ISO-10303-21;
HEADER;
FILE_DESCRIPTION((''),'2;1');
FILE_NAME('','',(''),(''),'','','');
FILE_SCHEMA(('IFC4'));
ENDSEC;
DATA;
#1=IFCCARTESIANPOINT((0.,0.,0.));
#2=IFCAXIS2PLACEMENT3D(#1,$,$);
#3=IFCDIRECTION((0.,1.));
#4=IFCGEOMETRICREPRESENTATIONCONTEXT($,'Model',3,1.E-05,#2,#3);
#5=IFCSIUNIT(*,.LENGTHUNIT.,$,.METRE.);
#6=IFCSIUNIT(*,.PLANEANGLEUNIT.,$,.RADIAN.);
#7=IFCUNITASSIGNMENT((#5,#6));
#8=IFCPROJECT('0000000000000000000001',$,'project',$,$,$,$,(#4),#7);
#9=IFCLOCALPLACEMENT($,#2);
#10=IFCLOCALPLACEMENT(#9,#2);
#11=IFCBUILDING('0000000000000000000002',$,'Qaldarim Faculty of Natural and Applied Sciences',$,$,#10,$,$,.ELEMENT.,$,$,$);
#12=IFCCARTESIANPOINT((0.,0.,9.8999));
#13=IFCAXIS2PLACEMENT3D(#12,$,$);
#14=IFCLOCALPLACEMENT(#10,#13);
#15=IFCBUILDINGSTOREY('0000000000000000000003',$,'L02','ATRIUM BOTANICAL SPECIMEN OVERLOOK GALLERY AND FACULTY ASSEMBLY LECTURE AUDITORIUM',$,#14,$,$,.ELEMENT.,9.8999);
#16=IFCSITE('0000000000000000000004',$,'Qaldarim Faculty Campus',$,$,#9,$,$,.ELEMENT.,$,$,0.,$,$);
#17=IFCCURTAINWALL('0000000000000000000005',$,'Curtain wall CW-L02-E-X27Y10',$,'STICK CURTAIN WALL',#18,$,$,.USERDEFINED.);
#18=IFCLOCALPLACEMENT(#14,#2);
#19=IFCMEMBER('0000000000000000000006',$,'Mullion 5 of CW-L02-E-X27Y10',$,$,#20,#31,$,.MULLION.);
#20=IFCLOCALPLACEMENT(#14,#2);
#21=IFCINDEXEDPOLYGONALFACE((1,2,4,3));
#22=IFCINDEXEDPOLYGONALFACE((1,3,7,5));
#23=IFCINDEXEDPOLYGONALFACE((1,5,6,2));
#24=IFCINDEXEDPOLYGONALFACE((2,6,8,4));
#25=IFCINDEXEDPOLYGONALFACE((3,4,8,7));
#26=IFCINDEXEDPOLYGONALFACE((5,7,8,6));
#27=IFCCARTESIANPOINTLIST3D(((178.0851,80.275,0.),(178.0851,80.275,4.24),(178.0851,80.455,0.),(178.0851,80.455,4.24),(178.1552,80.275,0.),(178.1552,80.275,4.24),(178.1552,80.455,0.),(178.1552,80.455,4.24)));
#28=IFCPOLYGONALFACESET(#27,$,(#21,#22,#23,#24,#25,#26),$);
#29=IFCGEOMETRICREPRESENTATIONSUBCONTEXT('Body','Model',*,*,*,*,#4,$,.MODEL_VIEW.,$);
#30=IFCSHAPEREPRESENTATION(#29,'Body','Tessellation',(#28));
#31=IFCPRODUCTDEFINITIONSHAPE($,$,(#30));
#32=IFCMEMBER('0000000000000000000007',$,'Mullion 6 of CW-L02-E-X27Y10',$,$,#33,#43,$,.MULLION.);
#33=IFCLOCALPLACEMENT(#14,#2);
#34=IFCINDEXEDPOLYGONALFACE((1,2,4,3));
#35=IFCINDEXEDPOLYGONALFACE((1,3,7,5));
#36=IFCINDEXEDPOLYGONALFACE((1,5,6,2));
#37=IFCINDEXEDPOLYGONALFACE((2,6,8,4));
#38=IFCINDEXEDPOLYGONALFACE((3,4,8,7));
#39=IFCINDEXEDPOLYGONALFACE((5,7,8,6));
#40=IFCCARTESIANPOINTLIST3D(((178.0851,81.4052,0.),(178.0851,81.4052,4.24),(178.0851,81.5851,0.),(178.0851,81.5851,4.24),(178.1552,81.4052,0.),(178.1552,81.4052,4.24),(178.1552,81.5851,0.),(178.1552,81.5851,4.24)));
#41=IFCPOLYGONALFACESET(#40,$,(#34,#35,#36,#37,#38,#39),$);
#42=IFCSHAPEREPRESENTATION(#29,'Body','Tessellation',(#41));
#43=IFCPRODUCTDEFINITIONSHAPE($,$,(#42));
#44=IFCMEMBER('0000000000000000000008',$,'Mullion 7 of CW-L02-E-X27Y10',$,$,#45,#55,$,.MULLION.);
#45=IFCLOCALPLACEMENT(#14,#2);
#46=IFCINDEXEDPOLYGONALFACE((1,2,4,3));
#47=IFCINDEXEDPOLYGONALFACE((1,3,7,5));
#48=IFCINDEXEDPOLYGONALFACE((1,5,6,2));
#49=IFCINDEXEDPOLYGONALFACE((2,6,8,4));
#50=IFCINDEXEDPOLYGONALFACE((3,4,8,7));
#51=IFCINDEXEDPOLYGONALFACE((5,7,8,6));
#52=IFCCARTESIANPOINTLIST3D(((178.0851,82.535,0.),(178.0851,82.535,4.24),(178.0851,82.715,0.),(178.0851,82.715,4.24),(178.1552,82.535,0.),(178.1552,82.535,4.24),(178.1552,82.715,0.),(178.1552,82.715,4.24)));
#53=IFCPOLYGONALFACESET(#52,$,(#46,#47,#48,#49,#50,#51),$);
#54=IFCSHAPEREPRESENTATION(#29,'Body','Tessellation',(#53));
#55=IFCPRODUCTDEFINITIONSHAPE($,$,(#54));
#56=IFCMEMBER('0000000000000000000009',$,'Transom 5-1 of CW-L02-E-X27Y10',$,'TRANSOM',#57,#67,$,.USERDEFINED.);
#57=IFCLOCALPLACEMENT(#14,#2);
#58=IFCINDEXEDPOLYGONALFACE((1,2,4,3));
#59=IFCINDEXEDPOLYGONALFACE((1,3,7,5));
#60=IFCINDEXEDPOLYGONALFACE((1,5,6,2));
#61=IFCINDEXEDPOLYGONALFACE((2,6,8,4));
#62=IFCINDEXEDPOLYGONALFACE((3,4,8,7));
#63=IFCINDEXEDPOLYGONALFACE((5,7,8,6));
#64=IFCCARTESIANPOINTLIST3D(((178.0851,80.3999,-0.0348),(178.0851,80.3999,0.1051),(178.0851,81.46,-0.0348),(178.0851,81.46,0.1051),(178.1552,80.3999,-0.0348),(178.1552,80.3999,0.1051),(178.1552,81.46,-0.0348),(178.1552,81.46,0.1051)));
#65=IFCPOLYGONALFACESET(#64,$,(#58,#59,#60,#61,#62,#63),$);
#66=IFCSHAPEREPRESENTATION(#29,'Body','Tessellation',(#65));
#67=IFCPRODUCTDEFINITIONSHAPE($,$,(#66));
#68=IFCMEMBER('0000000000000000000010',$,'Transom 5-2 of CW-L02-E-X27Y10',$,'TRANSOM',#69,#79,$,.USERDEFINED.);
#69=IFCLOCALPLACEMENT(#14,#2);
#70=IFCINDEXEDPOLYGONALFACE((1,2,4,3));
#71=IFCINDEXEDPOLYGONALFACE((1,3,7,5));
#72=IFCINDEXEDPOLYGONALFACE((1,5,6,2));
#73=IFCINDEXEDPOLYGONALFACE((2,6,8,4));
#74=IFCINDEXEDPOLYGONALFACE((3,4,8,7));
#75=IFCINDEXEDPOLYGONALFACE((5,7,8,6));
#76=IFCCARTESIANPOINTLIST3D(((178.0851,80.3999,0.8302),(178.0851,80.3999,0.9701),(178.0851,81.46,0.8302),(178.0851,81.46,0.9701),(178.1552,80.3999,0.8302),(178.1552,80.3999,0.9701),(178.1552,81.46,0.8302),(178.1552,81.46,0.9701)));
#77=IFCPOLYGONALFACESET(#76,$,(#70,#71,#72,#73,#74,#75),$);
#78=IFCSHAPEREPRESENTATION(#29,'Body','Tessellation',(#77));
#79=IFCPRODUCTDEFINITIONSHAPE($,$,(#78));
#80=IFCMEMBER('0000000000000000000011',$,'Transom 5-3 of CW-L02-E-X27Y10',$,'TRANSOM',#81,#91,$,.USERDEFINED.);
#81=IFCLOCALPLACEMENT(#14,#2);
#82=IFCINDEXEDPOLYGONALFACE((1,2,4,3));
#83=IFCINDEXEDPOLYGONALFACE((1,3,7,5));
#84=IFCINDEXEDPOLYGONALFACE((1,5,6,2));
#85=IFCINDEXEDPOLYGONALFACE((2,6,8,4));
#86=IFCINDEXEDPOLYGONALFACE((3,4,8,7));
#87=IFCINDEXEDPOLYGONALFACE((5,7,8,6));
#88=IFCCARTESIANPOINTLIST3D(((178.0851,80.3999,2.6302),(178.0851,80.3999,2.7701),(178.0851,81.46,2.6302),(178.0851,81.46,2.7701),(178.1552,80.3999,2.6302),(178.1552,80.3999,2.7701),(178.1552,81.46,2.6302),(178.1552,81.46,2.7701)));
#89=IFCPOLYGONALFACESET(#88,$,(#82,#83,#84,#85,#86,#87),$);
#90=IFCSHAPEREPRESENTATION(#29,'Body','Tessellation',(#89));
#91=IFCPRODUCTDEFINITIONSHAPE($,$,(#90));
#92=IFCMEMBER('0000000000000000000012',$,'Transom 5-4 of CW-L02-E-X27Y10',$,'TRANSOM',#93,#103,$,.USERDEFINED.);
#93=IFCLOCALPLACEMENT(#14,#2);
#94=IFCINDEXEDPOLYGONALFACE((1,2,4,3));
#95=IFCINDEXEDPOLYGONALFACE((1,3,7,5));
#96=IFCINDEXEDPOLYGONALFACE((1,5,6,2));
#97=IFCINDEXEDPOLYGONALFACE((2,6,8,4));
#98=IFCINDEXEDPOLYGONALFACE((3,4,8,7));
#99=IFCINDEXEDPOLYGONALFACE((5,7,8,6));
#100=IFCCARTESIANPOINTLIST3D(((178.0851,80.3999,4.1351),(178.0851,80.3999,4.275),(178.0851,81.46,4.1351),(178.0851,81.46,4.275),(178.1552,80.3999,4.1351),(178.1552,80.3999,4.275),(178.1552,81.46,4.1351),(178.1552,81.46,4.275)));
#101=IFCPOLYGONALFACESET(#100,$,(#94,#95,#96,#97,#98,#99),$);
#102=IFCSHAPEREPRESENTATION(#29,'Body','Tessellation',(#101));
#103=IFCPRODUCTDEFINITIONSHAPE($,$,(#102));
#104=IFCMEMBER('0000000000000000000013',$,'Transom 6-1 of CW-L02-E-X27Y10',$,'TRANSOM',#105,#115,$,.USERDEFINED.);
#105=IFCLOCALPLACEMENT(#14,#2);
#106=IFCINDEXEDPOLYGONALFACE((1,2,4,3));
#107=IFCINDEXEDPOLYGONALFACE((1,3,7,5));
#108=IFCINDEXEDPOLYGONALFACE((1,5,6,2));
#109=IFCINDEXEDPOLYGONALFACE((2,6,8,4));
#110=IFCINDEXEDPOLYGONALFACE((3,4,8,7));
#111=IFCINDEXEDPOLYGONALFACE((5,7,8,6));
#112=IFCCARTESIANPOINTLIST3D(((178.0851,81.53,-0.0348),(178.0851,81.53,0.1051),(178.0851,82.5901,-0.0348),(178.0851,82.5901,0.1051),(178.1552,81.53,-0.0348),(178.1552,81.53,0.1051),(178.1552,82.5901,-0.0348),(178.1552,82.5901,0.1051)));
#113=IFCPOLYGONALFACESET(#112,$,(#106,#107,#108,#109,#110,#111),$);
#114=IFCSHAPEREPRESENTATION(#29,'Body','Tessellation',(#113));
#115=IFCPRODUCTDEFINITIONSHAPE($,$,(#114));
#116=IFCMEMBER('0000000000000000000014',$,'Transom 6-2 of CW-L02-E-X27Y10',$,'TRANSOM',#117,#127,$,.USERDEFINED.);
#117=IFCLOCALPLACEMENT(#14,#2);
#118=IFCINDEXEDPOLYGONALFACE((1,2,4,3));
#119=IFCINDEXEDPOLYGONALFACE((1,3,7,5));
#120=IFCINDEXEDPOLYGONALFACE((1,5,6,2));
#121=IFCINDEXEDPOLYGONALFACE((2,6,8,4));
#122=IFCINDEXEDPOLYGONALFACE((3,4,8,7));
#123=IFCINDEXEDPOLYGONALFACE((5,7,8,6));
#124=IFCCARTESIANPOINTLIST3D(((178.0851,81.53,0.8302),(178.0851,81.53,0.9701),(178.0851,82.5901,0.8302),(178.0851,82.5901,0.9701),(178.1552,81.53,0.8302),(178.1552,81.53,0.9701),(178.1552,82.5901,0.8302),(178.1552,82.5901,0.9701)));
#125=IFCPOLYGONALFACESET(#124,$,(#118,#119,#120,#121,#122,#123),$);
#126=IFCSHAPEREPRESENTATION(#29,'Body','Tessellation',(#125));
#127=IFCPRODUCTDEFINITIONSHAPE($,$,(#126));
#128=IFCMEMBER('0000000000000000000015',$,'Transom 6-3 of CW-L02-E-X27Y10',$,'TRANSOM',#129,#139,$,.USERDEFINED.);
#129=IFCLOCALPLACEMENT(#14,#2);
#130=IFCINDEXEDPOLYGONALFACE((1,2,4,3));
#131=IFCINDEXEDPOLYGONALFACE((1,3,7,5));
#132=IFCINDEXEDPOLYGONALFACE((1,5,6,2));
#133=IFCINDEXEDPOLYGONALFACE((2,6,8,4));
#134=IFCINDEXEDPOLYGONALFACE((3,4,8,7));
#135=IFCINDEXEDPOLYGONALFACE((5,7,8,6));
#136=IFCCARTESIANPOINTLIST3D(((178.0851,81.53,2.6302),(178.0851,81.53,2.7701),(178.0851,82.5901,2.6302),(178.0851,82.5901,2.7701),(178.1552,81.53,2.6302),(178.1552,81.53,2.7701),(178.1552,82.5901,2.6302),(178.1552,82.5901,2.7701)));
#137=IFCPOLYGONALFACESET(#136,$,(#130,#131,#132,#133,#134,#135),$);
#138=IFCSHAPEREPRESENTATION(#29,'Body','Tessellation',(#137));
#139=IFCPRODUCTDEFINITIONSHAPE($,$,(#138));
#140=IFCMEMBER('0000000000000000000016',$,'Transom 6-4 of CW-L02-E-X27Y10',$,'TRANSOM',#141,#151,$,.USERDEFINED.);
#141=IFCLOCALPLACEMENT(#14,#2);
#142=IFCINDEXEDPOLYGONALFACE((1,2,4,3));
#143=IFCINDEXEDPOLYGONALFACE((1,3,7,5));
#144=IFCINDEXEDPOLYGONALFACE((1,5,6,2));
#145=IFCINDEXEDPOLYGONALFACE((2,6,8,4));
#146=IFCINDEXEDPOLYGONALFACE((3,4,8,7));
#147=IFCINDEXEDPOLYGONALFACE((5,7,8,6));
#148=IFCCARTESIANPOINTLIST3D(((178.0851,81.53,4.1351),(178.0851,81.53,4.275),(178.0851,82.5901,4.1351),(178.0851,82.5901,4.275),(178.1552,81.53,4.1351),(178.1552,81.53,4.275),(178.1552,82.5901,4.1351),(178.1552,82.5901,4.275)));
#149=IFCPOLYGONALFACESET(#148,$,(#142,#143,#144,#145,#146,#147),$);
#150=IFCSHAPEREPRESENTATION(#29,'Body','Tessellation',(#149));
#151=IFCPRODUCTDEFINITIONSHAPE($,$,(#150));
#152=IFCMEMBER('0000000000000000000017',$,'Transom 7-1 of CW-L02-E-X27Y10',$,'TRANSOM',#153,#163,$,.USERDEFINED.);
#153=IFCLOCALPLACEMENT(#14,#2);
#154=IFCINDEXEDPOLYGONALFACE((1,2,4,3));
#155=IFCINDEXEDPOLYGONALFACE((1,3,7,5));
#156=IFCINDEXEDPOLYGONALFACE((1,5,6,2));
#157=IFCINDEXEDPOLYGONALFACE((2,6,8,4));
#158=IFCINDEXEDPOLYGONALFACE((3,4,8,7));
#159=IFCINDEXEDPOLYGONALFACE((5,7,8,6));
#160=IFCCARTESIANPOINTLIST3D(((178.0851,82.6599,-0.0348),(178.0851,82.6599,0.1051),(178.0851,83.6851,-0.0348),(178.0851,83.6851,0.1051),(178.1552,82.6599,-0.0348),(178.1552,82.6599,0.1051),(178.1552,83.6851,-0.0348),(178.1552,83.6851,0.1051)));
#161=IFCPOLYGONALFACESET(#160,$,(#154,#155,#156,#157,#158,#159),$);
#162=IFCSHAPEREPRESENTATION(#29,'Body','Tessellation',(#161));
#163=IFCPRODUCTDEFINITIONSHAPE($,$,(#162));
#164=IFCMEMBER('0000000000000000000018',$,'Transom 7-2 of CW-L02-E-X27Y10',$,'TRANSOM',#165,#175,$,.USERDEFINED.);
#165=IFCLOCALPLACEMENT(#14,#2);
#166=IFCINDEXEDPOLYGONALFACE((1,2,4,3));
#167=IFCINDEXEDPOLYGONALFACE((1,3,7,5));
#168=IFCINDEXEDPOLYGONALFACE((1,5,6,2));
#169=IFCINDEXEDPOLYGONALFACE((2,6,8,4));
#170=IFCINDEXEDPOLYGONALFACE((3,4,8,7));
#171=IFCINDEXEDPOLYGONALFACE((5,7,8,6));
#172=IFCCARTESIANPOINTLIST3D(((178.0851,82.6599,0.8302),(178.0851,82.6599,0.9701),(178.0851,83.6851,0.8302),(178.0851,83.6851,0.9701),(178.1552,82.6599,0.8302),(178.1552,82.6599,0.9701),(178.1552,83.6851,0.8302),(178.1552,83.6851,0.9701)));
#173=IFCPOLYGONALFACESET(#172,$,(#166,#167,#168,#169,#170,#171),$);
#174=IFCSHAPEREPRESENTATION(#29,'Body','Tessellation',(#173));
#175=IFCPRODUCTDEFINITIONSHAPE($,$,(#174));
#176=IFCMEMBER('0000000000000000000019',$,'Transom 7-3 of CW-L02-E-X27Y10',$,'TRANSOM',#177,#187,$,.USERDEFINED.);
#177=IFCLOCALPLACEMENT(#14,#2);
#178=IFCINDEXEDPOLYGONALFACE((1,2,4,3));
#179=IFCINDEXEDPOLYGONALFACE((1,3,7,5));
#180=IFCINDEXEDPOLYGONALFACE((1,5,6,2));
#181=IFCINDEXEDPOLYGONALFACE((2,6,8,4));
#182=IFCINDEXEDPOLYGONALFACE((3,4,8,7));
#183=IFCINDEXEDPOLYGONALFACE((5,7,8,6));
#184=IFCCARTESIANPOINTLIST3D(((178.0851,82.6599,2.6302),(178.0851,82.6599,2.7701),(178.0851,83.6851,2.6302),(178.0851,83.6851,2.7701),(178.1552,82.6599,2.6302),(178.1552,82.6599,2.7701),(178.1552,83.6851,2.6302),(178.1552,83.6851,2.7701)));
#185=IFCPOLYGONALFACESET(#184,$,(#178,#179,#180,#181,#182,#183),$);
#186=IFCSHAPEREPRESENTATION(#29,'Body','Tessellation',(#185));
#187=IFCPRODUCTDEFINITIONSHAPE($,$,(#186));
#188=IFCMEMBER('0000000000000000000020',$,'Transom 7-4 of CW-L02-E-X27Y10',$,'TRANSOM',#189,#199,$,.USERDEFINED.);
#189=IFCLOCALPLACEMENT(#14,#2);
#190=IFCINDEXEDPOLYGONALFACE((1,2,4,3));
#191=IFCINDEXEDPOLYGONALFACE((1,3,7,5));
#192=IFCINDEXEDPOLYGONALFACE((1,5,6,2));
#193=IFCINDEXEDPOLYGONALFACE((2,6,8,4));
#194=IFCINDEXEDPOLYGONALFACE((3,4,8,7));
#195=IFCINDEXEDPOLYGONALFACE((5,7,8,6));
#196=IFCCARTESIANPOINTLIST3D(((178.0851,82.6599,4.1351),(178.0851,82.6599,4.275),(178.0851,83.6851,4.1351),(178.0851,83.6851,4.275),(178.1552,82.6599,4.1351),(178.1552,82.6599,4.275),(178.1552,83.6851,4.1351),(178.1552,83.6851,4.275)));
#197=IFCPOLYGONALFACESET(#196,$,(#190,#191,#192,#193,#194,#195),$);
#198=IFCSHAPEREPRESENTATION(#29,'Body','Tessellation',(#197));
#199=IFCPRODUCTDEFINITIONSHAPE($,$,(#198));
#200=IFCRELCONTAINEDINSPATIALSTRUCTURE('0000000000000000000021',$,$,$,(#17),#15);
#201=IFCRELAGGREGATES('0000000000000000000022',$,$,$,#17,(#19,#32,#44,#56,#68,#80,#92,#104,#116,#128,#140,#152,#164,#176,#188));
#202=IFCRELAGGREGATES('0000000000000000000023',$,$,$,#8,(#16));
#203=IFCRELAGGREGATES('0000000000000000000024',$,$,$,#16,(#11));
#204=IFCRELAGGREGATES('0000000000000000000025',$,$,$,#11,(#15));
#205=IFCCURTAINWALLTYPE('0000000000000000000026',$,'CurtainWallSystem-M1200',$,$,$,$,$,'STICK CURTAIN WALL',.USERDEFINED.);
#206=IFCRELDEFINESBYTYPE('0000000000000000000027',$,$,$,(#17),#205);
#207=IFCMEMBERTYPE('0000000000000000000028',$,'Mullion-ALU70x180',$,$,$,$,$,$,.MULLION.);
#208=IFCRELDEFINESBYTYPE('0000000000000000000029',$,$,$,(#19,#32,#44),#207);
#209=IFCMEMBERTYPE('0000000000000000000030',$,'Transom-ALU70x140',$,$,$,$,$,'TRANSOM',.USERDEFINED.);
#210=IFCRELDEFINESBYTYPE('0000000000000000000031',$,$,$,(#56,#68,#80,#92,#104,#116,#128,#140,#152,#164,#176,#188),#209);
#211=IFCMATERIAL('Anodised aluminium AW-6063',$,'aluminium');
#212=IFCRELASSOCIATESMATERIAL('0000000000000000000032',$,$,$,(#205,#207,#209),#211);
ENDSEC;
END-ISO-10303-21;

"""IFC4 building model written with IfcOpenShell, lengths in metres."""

from ifc_helpers import new_model, si_unit, direction, frame, origin, origin_2d, place, context, subcontext, project, spatial, rectangle, extrude, material, material_profile, profile_set, type_object, element, aggregate, save


model = new_model("IFC4")

# Units and contexts
model_context = context("Model", 3, precision=1e-05, world=origin(), true_north=direction((0.0, 1.0)))
body_context = subcontext(model_context, "Body", "Model", "MODEL_VIEW")
ifc_project = project(units=[si_unit("LENGTHUNIT", "METRE"), si_unit("PLANEANGLEUNIT", "RADIAN")], contexts=[model_context])

# Site, building, storey
site_placement = place(None, origin())
site = spatial("IfcSite", under=ifc_project, at=site_placement, Name="Qaldarim Faculty Campus", CompositionType="ELEMENT", RefElevation=0.0)
building_placement = place(site_placement, origin())
building = spatial("IfcBuilding", under=site, at=building_placement, Name="Qaldarim Faculty of Natural and Applied Sciences", CompositionType="ELEMENT")
storey_placement = place(building_placement, frame((0.0, 0.0, 9.8999)))
storey = spatial("IfcBuildingStorey", under=building, at=storey_placement, Name="L02", Description="ATRIUM BOTANICAL SPECIMEN OVERLOOK GALLERY AND FACULTY ASSEMBLY LECTURE AUDITORIUM", CompositionType="ELEMENT", Elevation=9.8999)

# Curtain wall, members
ifc_material_1 = material(Name="Anodised aluminium AW-6063", Category="aluminium")
curtain_wall_type = type_object("IfcCurtainWallType", Name="CurtainWallSystem-M1200", ElementType="STICK CURTAIN WALL", PredefinedType="USERDEFINED", material=ifc_material_1)
curtain_wall_placement = place(storey_placement, origin())
curtain_wall = element("IfcCurtainWall", 1, at=curtain_wall_placement, inside=storey, type_object=curtain_wall_type, Name="Curtain wall CW-L02-E-X27Y10", ObjectType="STICK CURTAIN WALL", PredefinedType="USERDEFINED")
ifc_material_profile_1 = material_profile(ifc_material_1, rectangle(XDim=0.0701, YDim=0.1799, at=origin_2d()), Name="ALU-M70x180")
ifc_profile_set_1 = profile_set([ifc_material_profile_1], Name="Anodised aluminium AW-6063")
member_type_1 = type_object("IfcMemberType", Name="Mullion-ALU70x180", PredefinedType="MULLION", material=ifc_profile_set_1)
member_1_placement = place(storey_placement, frame((178.1201, 80.365, 0.0), z_axis=(0.0, 0.0, 1.0), x_axis=(-1.0, 0.0, 0.0)))
member_1 = element("IfcMember", 2, at=member_1_placement, type_object=member_type_1, Name="Mullion 5 of CW-L02-E-X27Y10", PredefinedType="MULLION", context=body_context, shape_type="SweptSolid", body=[
    extrude(rectangle(XDim=0.0701, YDim=0.1799, at=origin_2d()), origin(), (0.0, 0.0, 1.0), 4.24),
])
member_2_placement = place(storey_placement, frame((178.1201, 81.4951, 0.0), z_axis=(0.0, 0.0, 1.0), x_axis=(-1.0, 0.0, 0.0)))
member_2 = element("IfcMember", 3, at=member_2_placement, type_object=member_type_1, Name="Mullion 6 of CW-L02-E-X27Y10", PredefinedType="MULLION", context=body_context, shape_type="SweptSolid", body=[
    extrude(rectangle(XDim=0.0701, YDim=0.1799, at=origin_2d()), origin(), (0.0, 0.0, 1.0), 4.24),
])
member_3_placement = place(storey_placement, frame((178.1201, 82.625, 0.0), z_axis=(0.0, 0.0, 1.0), x_axis=(-1.0, 0.0, 0.0)))
member_3 = element("IfcMember", 4, at=member_3_placement, type_object=member_type_1, Name="Mullion 7 of CW-L02-E-X27Y10", PredefinedType="MULLION", context=body_context, shape_type="SweptSolid", body=[
    extrude(rectangle(XDim=0.0701, YDim=0.1799, at=origin_2d()), origin(), (0.0, 0.0, 1.0), 4.24),
])
ifc_material_profile_2 = material_profile(ifc_material_1, rectangle(XDim=0.0701, YDim=0.1399, at=origin_2d()), Name="ALU-T70x140")
ifc_profile_set_2 = profile_set([ifc_material_profile_2], Name="Anodised aluminium AW-6063")
member_type_2 = type_object("IfcMemberType", Name="Transom-ALU70x140", ElementType="TRANSOM", PredefinedType="USERDEFINED", material=ifc_profile_set_2)
member_4_placement = place(storey_placement, frame((178.1201, 80.3999, 0.0352), z_axis=(0.0, 1.0, 0.0), x_axis=(-1.0, 0.0, 0.0)))
member_4 = element("IfcMember", 5, at=member_4_placement, type_object=member_type_2, Name="Transom 5-1 of CW-L02-E-X27Y10", ObjectType="TRANSOM", PredefinedType="USERDEFINED", context=body_context, shape_type="SweptSolid", body=[
    extrude(rectangle(XDim=0.0701, YDim=0.1399, at=origin_2d()), origin(), (0.0, 0.0, 1.0), 1.0601),
])
member_5_placement = place(storey_placement, frame((178.1201, 80.3999, 0.9001), z_axis=(0.0, 1.0, 0.0), x_axis=(-1.0, 0.0, 0.0)))
member_5 = element("IfcMember", 6, at=member_5_placement, type_object=member_type_2, Name="Transom 5-2 of CW-L02-E-X27Y10", ObjectType="TRANSOM", PredefinedType="USERDEFINED", context=body_context, shape_type="SweptSolid", body=[
    extrude(rectangle(XDim=0.0701, YDim=0.1399, at=origin_2d()), origin(), (0.0, 0.0, 1.0), 1.0601),
])
member_6_placement = place(storey_placement, frame((178.1201, 80.3999, 2.7002), z_axis=(0.0, 1.0, 0.0), x_axis=(-1.0, 0.0, 0.0)))
member_6 = element("IfcMember", 7, at=member_6_placement, type_object=member_type_2, Name="Transom 5-3 of CW-L02-E-X27Y10", ObjectType="TRANSOM", PredefinedType="USERDEFINED", context=body_context, shape_type="SweptSolid", body=[
    extrude(rectangle(XDim=0.0701, YDim=0.1399, at=origin_2d()), origin(), (0.0, 0.0, 1.0), 1.0601),
])
member_7_placement = place(storey_placement, frame((178.1201, 80.3999, 4.2051), z_axis=(0.0, 1.0, 0.0), x_axis=(-1.0, 0.0, 0.0)))
member_7 = element("IfcMember", 8, at=member_7_placement, type_object=member_type_2, Name="Transom 5-4 of CW-L02-E-X27Y10", ObjectType="TRANSOM", PredefinedType="USERDEFINED", context=body_context, shape_type="SweptSolid", body=[
    extrude(rectangle(XDim=0.0701, YDim=0.1399, at=origin_2d()), origin(), (0.0, 0.0, 1.0), 1.0601),
])
member_8_placement = place(storey_placement, frame((178.1201, 81.53, 0.0352), z_axis=(0.0, 1.0, 0.0), x_axis=(-1.0, 0.0, 0.0)))
member_8 = element("IfcMember", 9, at=member_8_placement, type_object=member_type_2, Name="Transom 6-1 of CW-L02-E-X27Y10", ObjectType="TRANSOM", PredefinedType="USERDEFINED", context=body_context, shape_type="SweptSolid", body=[
    extrude(rectangle(XDim=0.0701, YDim=0.1399, at=origin_2d()), origin(), (0.0, 0.0, 1.0), 1.0601),
])
member_9_placement = place(storey_placement, frame((178.1201, 81.53, 0.9001), z_axis=(0.0, 1.0, 0.0), x_axis=(-1.0, 0.0, 0.0)))
member_9 = element("IfcMember", 10, at=member_9_placement, type_object=member_type_2, Name="Transom 6-2 of CW-L02-E-X27Y10", ObjectType="TRANSOM", PredefinedType="USERDEFINED", context=body_context, shape_type="SweptSolid", body=[
    extrude(rectangle(XDim=0.0701, YDim=0.1399, at=origin_2d()), origin(), (0.0, 0.0, 1.0), 1.0601),
])
member_10_placement = place(storey_placement, frame((178.1201, 81.53, 2.7002), z_axis=(0.0, 1.0, 0.0), x_axis=(-1.0, 0.0, 0.0)))
member_10 = element("IfcMember", 11, at=member_10_placement, type_object=member_type_2, Name="Transom 6-3 of CW-L02-E-X27Y10", ObjectType="TRANSOM", PredefinedType="USERDEFINED", context=body_context, shape_type="SweptSolid", body=[
    extrude(rectangle(XDim=0.0701, YDim=0.1399, at=origin_2d()), origin(), (0.0, 0.0, 1.0), 1.0601),
])
member_11_placement = place(storey_placement, frame((178.1201, 81.53, 4.2051), z_axis=(0.0, 1.0, 0.0), x_axis=(-1.0, 0.0, 0.0)))
member_11 = element("IfcMember", 12, at=member_11_placement, type_object=member_type_2, Name="Transom 6-4 of CW-L02-E-X27Y10", ObjectType="TRANSOM", PredefinedType="USERDEFINED", context=body_context, shape_type="SweptSolid", body=[
    extrude(rectangle(XDim=0.0701, YDim=0.1399, at=origin_2d()), origin(), (0.0, 0.0, 1.0), 1.0601),
])
member_12_placement = place(storey_placement, frame((178.1201, 82.6599, 0.0352), z_axis=(0.0, 1.0, 0.0), x_axis=(-1.0, 0.0, 0.0)))
member_12 = element("IfcMember", 13, at=member_12_placement, type_object=member_type_2, Name="Transom 7-1 of CW-L02-E-X27Y10", ObjectType="TRANSOM", PredefinedType="USERDEFINED", context=body_context, shape_type="SweptSolid", body=[
    extrude(rectangle(XDim=0.0701, YDim=0.1399, at=origin_2d()), origin(), (0.0, 0.0, 1.0), 1.0251),
])
member_13_placement = place(storey_placement, frame((178.1201, 82.6599, 0.9001), z_axis=(0.0, 1.0, 0.0), x_axis=(-1.0, 0.0, 0.0)))
member_13 = element("IfcMember", 14, at=member_13_placement, type_object=member_type_2, Name="Transom 7-2 of CW-L02-E-X27Y10", ObjectType="TRANSOM", PredefinedType="USERDEFINED", context=body_context, shape_type="SweptSolid", body=[
    extrude(rectangle(XDim=0.0701, YDim=0.1399, at=origin_2d()), origin(), (0.0, 0.0, 1.0), 1.0251),
])
member_14_placement = place(storey_placement, frame((178.1201, 82.6599, 2.7002), z_axis=(0.0, 1.0, 0.0), x_axis=(-1.0, 0.0, 0.0)))
member_14 = element("IfcMember", 15, at=member_14_placement, type_object=member_type_2, Name="Transom 7-3 of CW-L02-E-X27Y10", ObjectType="TRANSOM", PredefinedType="USERDEFINED", context=body_context, shape_type="SweptSolid", body=[
    extrude(rectangle(XDim=0.0701, YDim=0.1399, at=origin_2d()), origin(), (0.0, 0.0, 1.0), 1.0251),
])
member_15_placement = place(storey_placement, frame((178.1201, 82.6599, 4.2051), z_axis=(0.0, 1.0, 0.0), x_axis=(-1.0, 0.0, 0.0)))
member_15 = element("IfcMember", 16, at=member_15_placement, type_object=member_type_2, Name="Transom 7-4 of CW-L02-E-X27Y10", ObjectType="TRANSOM", PredefinedType="USERDEFINED", context=body_context, shape_type="SweptSolid", body=[
    extrude(rectangle(XDim=0.0701, YDim=0.1399, at=origin_2d()), origin(), (0.0, 0.0, 1.0), 1.0251),
])
aggregate(curtain_wall, [member_1, member_2, member_3, member_4, member_5, member_6, member_7, member_8, member_9, member_10, member_11, member_12, member_13, member_14, member_15])

save(model, "model.ifc")
